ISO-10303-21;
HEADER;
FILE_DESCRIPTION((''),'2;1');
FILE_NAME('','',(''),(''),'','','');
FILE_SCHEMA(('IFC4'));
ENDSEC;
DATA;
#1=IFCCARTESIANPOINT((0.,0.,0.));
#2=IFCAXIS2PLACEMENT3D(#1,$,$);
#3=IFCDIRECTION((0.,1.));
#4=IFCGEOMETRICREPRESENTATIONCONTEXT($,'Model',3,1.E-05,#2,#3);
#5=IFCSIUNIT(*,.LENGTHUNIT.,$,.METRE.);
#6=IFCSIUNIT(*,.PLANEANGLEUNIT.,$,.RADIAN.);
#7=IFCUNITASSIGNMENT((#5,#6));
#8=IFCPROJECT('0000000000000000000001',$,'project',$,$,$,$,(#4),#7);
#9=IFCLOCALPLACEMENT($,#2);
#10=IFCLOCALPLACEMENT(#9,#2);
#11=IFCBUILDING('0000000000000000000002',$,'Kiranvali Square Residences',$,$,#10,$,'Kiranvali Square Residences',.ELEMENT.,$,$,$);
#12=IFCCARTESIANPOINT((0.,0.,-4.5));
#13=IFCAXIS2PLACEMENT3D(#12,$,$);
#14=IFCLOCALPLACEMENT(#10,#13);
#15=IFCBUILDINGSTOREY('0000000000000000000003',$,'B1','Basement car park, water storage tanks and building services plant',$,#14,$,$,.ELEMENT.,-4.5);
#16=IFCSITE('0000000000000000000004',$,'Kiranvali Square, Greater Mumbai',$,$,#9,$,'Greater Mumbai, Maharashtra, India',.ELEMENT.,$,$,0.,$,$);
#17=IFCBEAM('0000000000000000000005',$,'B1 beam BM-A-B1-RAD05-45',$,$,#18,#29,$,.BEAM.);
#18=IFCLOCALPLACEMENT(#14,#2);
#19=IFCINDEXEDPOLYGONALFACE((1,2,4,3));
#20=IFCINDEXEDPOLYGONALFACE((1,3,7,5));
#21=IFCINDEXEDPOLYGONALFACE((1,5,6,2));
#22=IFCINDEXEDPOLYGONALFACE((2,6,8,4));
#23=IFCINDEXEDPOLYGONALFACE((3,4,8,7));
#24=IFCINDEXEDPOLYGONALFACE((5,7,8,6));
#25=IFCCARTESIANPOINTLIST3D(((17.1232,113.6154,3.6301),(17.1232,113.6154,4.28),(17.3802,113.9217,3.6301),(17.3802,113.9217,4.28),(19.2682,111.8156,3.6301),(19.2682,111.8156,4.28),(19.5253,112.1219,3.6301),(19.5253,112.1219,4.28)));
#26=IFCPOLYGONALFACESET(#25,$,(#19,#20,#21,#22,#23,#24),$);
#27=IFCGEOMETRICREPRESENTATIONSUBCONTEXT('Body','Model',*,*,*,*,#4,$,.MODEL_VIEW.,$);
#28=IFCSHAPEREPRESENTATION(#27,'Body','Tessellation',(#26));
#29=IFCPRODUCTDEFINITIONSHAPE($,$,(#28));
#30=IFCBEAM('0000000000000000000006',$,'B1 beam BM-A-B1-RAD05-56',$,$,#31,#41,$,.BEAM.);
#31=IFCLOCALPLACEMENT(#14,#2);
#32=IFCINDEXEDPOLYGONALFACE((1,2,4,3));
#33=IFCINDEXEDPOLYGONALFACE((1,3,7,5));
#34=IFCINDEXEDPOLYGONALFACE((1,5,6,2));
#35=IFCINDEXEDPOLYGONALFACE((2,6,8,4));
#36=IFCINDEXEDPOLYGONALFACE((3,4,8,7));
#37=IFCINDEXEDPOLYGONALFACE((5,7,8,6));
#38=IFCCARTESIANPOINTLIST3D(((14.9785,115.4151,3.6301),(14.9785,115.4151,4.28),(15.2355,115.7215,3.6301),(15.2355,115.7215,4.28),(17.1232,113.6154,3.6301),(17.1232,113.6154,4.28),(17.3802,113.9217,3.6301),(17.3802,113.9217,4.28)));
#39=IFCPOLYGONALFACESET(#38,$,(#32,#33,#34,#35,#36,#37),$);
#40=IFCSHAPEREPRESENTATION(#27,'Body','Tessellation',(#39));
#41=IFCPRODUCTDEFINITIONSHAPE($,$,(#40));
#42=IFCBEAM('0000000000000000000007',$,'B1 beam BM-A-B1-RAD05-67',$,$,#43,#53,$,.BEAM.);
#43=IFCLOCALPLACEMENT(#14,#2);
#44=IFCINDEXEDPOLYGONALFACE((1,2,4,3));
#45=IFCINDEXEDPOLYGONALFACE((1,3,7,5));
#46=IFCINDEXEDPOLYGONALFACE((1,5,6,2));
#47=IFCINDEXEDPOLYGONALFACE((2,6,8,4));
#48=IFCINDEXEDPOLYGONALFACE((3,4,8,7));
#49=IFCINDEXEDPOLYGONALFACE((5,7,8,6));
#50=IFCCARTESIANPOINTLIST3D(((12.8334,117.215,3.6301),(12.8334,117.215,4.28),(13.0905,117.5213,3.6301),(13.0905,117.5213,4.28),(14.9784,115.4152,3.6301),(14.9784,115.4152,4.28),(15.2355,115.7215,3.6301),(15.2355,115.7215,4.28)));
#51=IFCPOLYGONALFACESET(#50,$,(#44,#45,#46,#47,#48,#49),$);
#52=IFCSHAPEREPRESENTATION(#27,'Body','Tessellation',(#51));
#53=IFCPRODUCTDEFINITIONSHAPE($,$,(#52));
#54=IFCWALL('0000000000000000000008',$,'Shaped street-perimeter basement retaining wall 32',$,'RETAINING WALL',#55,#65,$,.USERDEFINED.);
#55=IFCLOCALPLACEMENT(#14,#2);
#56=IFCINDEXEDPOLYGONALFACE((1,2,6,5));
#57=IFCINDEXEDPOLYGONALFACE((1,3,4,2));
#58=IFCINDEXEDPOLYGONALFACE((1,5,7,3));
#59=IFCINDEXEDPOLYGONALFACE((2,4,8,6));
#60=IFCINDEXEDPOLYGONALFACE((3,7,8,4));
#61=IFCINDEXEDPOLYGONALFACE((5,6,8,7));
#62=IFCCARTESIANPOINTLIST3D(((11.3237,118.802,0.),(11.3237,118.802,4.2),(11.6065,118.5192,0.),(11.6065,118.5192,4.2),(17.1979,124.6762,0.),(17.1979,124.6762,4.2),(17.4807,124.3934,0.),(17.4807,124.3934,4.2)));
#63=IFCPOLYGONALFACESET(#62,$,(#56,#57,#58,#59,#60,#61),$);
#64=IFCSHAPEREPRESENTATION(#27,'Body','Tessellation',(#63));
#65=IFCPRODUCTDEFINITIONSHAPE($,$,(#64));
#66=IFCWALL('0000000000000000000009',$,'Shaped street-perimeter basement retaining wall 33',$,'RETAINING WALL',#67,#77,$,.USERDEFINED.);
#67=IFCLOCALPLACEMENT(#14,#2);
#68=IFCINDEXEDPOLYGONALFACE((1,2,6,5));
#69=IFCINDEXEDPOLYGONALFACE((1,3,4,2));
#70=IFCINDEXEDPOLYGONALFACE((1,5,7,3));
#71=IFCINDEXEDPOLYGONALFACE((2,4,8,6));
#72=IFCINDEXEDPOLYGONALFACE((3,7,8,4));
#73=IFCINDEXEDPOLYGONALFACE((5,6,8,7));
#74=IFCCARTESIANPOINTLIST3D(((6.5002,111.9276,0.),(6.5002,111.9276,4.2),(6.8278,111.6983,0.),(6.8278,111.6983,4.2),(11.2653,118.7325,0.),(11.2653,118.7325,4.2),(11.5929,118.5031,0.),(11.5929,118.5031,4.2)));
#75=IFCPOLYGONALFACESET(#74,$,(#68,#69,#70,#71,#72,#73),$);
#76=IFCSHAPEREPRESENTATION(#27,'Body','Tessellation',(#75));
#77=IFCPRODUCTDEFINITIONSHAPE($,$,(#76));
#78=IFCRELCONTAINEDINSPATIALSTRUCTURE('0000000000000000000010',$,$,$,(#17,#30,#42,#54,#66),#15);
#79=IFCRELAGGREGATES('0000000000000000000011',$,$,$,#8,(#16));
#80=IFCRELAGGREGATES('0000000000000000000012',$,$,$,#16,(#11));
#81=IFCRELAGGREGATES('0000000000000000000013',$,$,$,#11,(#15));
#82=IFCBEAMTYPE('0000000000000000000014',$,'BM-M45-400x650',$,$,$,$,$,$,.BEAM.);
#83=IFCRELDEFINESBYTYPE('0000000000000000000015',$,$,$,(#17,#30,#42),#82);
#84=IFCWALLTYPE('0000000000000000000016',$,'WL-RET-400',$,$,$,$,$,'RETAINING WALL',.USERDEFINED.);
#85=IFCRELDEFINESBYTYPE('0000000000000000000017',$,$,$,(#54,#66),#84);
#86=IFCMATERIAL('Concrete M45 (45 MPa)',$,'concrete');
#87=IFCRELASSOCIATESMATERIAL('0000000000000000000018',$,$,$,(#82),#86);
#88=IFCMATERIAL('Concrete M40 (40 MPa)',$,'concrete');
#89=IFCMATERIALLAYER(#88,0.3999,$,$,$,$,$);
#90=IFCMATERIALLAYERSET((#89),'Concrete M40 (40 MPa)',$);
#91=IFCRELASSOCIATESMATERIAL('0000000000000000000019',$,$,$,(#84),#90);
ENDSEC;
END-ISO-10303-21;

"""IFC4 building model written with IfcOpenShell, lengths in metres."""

from ifc_helpers import new_model, si_unit, direction, frame, frame_2d, origin, origin_2d, place, context, subcontext, project, spatial, rectangle, extrude, material, layer, layer_set, material_profile, profile_set, type_object, element, save


model = new_model("IFC4")

# Units and contexts
model_context = context("Model", 3, precision=1e-05, world=origin(), true_north=direction((0.0, 1.0)))
body_context = subcontext(model_context, "Body", "Model", "MODEL_VIEW")
ifc_project = project(units=[si_unit("LENGTHUNIT", "METRE"), si_unit("PLANEANGLEUNIT", "RADIAN")], contexts=[model_context])

# Site, building, storey
site_placement = place(None, origin())
site = spatial("IfcSite", under=ifc_project, at=site_placement, Name="Kiranvali Square, Greater Mumbai", LongName="Greater Mumbai, Maharashtra, India", CompositionType="ELEMENT", RefElevation=0.0)
building_placement = place(site_placement, origin())
building = spatial("IfcBuilding", under=site, at=building_placement, Name="Kiranvali Square Residences", LongName="Kiranvali Square Residences", CompositionType="ELEMENT")
storey_placement = place(building_placement, frame((0.0, 0.0, -4.5)))
storey = spatial("IfcBuildingStorey", under=building, at=storey_placement, Name="B1", Description="Basement car park, water storage tanks and building services plant", CompositionType="ELEMENT", Elevation=-4.5)

# Shared definitions
ifc_material_1 = material(Name="Concrete M40 (40 MPa)", Category="concrete")

# Beams
ifc_material_2 = material(Name="Concrete M45 (45 MPa)", Category="concrete")
ifc_material_profile_1 = material_profile(ifc_material_2, rectangle(XDim=0.3999, YDim=0.6499, at=origin_2d()), Name="RC 400x650")
ifc_profile_set_1 = profile_set([ifc_material_profile_1], Name="Concrete M45 (45 MPa)")
beam_type = type_object("IfcBeamType", Name="BM-M45-400x650", PredefinedType="BEAM", material=ifc_profile_set_1)
beam_1_placement = place(storey_placement, frame((19.3967, 111.9688, 3.9551), z_axis=(-0.766059, 0.642771, 0.0), x_axis=(-0.642771, -0.766059, 0.0)))
element("IfcBeam", 1, at=beam_1_placement, inside=storey, type_object=beam_type, Name="B1 beam BM-A-B1-RAD05-45", PredefinedType="BEAM", context=body_context, shape_type="SweptSolid", body=[
    extrude(rectangle(XDim=0.3999, YDim=0.6499, at=origin_2d()), origin(), (0.0, 0.0, 1.0), 2.8),
])
beam_2_placement = place(storey_placement, frame((17.2517, 113.7686, 3.9551), z_axis=(-0.766023, 0.642814, 0.0), x_axis=(-0.642814, -0.766023, 0.0)))
element("IfcBeam", 2, at=beam_2_placement, inside=storey, type_object=beam_type, Name="B1 beam BM-A-B1-RAD05-56", PredefinedType="BEAM", context=body_context, shape_type="SweptSolid", body=[
    extrude(rectangle(XDim=0.3999, YDim=0.6499, at=origin_2d()), origin(), (0.0, 0.0, 1.0), 2.7998),
])
beam_3_placement = place(storey_placement, frame((15.1069, 115.5684, 3.9551), z_axis=(-0.766059, 0.642771, 0.0), x_axis=(-0.642771, -0.766059, 0.0)))
element("IfcBeam", 3, at=beam_3_placement, inside=storey, type_object=beam_type, Name="B1 beam BM-A-B1-RAD05-67", PredefinedType="BEAM", context=body_context, shape_type="SweptSolid", body=[
    extrude(rectangle(XDim=0.3999, YDim=0.6499, at=origin_2d()), origin(), (0.0, 0.0, 1.0), 2.8),
])

# Walls
ifc_layer = layer(ifc_material_1, 0.3999)
ifc_layer_set = layer_set([ifc_layer], Name="Concrete M40 (40 MPa)")
wall_type = type_object("IfcWallType", Name="WL-RET-400", ElementType="RETAINING WALL", PredefinedType="USERDEFINED", material=ifc_layer_set)
for number, where, z_axis, x_axis, name in (
    (4, (17.3394, 124.5349, 0.0), (0.0, 0.0, 1.0), (-0.707107, -0.707107, 0.0), "Shaped street-perimeter basement retaining wall 32"),
    (5, (11.4292, 118.6179, 0.0), (0.0, 0.0, 1.0), (-0.573598, -0.819137, 0.0), "Shaped street-perimeter basement retaining wall 33"),
):
    element("IfcWall", number, at=place(storey_placement, frame(where, z_axis=z_axis, x_axis=x_axis)), inside=storey, type_object=wall_type, Name=name, ObjectType="RETAINING WALL", PredefinedType="USERDEFINED", context=body_context, shape_type="SweptSolid", body=[
        extrude(rectangle(XDim=8.3074, YDim=0.3999, at=frame_2d((4.1538, 0.0))), origin(), (0.0, 0.0, 1.0), 4.2),
    ])

save(model, "model.ifc")
